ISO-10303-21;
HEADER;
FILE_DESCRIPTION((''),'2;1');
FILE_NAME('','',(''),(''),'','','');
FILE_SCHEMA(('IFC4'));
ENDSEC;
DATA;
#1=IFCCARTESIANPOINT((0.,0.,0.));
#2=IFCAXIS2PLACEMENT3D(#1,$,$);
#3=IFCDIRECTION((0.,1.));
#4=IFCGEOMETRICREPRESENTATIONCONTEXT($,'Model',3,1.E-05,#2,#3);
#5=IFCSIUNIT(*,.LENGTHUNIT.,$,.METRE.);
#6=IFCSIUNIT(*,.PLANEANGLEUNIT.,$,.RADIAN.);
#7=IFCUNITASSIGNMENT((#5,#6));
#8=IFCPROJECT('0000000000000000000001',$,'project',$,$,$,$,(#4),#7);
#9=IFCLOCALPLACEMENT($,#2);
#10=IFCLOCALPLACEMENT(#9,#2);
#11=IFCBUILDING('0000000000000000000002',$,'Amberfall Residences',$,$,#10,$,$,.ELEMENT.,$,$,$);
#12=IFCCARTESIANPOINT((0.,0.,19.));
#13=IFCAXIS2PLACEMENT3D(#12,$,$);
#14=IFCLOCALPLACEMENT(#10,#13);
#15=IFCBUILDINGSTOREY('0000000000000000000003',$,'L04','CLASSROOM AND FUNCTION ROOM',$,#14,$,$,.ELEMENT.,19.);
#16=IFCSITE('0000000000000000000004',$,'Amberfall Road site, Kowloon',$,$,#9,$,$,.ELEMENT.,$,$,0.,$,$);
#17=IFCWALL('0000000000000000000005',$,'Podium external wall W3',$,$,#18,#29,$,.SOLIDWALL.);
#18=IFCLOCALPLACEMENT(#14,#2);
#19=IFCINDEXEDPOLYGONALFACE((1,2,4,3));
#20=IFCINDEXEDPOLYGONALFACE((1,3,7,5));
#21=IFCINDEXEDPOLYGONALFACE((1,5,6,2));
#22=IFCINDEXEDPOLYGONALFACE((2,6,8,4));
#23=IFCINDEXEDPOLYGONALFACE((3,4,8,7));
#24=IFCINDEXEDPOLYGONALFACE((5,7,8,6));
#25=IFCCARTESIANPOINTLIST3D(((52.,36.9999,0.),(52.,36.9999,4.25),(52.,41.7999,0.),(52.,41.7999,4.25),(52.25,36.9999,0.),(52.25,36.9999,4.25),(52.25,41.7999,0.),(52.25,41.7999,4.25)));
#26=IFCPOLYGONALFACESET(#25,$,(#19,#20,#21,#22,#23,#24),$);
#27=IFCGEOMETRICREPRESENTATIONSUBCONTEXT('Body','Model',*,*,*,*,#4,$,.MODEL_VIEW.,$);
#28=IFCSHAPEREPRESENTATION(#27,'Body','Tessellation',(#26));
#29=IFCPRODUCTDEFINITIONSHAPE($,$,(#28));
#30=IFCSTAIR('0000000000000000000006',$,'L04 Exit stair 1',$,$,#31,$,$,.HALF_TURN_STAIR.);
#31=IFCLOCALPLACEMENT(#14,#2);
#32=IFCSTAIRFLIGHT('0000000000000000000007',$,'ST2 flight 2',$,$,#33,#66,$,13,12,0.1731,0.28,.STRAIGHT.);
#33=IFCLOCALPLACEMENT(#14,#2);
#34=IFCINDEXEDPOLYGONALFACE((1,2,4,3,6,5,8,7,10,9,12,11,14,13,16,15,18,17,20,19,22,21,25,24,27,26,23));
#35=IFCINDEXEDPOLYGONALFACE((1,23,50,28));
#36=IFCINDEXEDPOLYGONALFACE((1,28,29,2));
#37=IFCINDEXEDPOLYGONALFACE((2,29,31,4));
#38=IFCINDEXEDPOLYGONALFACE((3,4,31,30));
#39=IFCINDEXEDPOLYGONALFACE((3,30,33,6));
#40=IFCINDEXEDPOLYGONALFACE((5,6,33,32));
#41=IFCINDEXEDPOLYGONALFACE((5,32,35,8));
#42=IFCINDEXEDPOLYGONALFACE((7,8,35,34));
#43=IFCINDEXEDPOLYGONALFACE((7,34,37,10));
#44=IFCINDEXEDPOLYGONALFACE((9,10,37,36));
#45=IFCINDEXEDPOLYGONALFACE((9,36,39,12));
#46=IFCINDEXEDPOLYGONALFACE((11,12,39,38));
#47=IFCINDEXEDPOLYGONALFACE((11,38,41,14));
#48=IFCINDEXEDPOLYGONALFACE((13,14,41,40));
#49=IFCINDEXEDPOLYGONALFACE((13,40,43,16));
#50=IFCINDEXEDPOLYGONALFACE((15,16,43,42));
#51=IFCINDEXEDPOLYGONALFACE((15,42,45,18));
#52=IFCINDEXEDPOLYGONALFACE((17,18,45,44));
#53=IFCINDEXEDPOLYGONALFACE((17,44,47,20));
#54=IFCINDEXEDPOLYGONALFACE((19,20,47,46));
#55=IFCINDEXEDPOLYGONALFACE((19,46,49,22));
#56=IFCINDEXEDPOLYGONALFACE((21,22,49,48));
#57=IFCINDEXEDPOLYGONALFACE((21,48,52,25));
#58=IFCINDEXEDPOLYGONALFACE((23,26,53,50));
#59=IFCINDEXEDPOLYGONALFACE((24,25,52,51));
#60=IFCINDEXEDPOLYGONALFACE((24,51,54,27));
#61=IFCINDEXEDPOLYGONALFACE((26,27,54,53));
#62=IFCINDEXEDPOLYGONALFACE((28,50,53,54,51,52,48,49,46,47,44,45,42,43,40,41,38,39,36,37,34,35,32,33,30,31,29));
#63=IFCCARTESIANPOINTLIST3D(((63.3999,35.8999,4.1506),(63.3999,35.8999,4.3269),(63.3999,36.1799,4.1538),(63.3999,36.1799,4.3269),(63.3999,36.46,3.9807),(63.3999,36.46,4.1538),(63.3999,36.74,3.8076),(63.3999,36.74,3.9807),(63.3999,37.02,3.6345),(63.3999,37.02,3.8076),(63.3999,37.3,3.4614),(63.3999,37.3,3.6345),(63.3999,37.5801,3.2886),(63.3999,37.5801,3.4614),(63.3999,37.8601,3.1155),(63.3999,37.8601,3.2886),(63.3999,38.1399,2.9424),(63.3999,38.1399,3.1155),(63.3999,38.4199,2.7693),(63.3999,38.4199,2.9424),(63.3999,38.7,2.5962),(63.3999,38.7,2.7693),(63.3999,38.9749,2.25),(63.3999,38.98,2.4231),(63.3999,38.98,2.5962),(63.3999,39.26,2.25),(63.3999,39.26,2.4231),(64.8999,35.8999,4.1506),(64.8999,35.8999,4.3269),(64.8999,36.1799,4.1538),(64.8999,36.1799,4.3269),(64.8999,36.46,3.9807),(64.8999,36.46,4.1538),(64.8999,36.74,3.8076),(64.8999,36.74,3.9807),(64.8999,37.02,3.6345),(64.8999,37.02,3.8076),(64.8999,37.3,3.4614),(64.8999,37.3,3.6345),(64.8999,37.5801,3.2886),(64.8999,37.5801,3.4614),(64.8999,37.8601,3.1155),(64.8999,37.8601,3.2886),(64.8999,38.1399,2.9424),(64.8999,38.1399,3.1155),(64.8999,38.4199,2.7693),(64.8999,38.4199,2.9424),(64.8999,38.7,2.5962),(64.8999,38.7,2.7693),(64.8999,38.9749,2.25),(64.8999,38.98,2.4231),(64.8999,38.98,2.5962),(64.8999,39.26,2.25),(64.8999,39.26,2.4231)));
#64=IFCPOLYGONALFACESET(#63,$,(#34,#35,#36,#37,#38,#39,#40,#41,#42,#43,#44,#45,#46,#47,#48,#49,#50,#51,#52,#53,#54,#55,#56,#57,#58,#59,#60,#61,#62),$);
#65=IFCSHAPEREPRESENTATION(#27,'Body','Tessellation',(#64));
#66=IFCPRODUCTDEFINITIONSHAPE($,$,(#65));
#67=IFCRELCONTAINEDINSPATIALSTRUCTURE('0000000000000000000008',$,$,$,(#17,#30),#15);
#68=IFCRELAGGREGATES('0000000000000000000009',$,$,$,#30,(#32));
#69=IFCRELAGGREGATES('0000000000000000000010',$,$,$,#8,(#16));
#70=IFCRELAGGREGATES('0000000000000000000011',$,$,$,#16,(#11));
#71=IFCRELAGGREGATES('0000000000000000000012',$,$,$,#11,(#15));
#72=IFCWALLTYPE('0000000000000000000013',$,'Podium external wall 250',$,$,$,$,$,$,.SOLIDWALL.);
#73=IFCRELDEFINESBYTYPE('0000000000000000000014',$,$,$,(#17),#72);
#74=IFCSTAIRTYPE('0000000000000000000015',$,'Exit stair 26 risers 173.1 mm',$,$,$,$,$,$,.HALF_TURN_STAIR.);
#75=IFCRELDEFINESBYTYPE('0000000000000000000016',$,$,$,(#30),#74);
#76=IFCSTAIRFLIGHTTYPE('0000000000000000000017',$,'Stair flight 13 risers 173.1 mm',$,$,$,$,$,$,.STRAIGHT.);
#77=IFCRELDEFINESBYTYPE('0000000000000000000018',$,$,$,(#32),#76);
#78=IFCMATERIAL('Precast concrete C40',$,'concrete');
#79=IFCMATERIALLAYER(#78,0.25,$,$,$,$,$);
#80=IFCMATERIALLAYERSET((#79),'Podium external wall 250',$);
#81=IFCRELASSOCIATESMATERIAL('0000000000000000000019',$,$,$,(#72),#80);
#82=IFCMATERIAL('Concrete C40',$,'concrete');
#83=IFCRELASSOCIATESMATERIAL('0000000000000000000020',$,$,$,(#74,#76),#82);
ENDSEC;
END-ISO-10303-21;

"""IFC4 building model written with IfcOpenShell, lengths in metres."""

from ifc_helpers import new_model, si_unit, direction, frame, frame_2d, origin, place, context, subcontext, project, spatial, polyline, rectangle, outline, extrude, material, layer, layer_set, type_object, element, aggregate, save


model = new_model("IFC4")

# Units and contexts
model_context = context("Model", 3, precision=1e-05, world=origin(), true_north=direction((0.0, 1.0)))
body_context = subcontext(model_context, "Body", "Model", "MODEL_VIEW")
ifc_project = project(units=[si_unit("LENGTHUNIT", "METRE"), si_unit("PLANEANGLEUNIT", "RADIAN")], contexts=[model_context])

# Site, building, storey
site_placement = place(None, origin())
site = spatial("IfcSite", under=ifc_project, at=site_placement, Name="Amberfall Road site, Kowloon", CompositionType="ELEMENT", RefElevation=0.0)
building_placement = place(site_placement, origin())
building = spatial("IfcBuilding", under=site, at=building_placement, Name="Amberfall Residences", CompositionType="ELEMENT")
storey_placement = place(building_placement, frame((0.0, 0.0, 19.0)))
storey = spatial("IfcBuildingStorey", under=building, at=storey_placement, Name="L04", Description="CLASSROOM AND FUNCTION ROOM", CompositionType="ELEMENT", Elevation=19.0)

# Wall
ifc_material_1 = material(Name="Precast concrete C40", Category="concrete")
ifc_layer_1 = layer(ifc_material_1, 0.25)
ifc_layer_set_1 = layer_set([ifc_layer_1], Name="Podium external wall 250")
wall_type_1 = type_object("IfcWallType", Name="Podium external wall 250", PredefinedType="SOLIDWALL", material=ifc_layer_set_1)
for number, where, z_axis, x_axis, name in (
    (1, (52.125, 37.0, 0.0), (0.0, 0.0, 1.0), (0.0, 1.0, 0.0), "Podium external wall W3"),
):
    element("IfcWall", number, at=place(storey_placement, frame(where, z_axis=z_axis, x_axis=x_axis)), inside=storey, type_object=wall_type_1, Name=name, PredefinedType="SOLIDWALL", context=body_context, shape_type="SweptSolid", body=[
        extrude(rectangle(XDim=4.8, YDim=0.25, at=frame_2d((2.3999, 0.0))), origin(), (0.0, 0.0, 1.0), 4.25),
    ])

# Stair, stair flight
ifc_material_2 = material(Name="Concrete C40", Category="concrete")
stair_type = type_object("IfcStairType", Name="Exit stair 26 risers 173.1 mm", PredefinedType="HALF_TURN_STAIR", material=ifc_material_2)
stair_placement = place(storey_placement, origin())
stair = element("IfcStair", 2, at=stair_placement, inside=storey, type_object=stair_type, Name="L04 Exit stair 1", PredefinedType="HALF_TURN_STAIR")
stair_flight_type = type_object("IfcStairFlightType", Name="Stair flight 13 risers 173.1 mm", PredefinedType="STRAIGHT", material=ifc_material_2)
stair_flight_placement = place(storey_placement, frame((64.1499, 39.26, 2.25), z_axis=(0.0, 0.0, 1.0), x_axis=(0.0, -1.0, 0.0)))
stair_flight = element("IfcStairFlight", 3, at=stair_flight_placement, type_object=stair_flight_type, Name="ST2 flight 2", NumberOfRisers=13, NumberOfTreads=12, PredefinedType="STRAIGHT", RiserHeight=0.1731, TreadLength=0.28, context=body_context, shape_type="SweptSolid", body=[
    extrude(outline(polyline([(0.0, 0.0), (0.0, 0.1731), (0.28, 0.1731), (0.28, 0.3462), (0.5601, 0.3462), (0.5601, 0.5193), (0.8401, 0.5193), (0.8401, 0.6924), (1.1201, 0.6924), (1.1201, 0.8655), (1.3999, 0.8655), (1.3999, 1.0386), (1.6799, 1.0386), (1.6799, 1.2114), (1.96, 1.2114), (1.96, 1.3845), (2.24, 1.3845), (2.24, 1.5576), (2.52, 1.5576), (2.52, 1.7307), (2.8, 1.7307), (2.8, 1.9038), (3.0801, 1.9038), (3.0801, 2.0769), (3.3601, 2.0769), (3.3601, 2.25), (3.3601, 1.9006), (0.2852, 0.0), (0.0, 0.0)])), frame((0.0, 0.75, 0.0), z_axis=(0.0, -1.0, 0.0), x_axis=(1.0, 0.0, 0.0)), (0.0, 0.0, 1.0), 1.5),
])
aggregate(stair, [stair_flight])

save(model, "model.ifc")
